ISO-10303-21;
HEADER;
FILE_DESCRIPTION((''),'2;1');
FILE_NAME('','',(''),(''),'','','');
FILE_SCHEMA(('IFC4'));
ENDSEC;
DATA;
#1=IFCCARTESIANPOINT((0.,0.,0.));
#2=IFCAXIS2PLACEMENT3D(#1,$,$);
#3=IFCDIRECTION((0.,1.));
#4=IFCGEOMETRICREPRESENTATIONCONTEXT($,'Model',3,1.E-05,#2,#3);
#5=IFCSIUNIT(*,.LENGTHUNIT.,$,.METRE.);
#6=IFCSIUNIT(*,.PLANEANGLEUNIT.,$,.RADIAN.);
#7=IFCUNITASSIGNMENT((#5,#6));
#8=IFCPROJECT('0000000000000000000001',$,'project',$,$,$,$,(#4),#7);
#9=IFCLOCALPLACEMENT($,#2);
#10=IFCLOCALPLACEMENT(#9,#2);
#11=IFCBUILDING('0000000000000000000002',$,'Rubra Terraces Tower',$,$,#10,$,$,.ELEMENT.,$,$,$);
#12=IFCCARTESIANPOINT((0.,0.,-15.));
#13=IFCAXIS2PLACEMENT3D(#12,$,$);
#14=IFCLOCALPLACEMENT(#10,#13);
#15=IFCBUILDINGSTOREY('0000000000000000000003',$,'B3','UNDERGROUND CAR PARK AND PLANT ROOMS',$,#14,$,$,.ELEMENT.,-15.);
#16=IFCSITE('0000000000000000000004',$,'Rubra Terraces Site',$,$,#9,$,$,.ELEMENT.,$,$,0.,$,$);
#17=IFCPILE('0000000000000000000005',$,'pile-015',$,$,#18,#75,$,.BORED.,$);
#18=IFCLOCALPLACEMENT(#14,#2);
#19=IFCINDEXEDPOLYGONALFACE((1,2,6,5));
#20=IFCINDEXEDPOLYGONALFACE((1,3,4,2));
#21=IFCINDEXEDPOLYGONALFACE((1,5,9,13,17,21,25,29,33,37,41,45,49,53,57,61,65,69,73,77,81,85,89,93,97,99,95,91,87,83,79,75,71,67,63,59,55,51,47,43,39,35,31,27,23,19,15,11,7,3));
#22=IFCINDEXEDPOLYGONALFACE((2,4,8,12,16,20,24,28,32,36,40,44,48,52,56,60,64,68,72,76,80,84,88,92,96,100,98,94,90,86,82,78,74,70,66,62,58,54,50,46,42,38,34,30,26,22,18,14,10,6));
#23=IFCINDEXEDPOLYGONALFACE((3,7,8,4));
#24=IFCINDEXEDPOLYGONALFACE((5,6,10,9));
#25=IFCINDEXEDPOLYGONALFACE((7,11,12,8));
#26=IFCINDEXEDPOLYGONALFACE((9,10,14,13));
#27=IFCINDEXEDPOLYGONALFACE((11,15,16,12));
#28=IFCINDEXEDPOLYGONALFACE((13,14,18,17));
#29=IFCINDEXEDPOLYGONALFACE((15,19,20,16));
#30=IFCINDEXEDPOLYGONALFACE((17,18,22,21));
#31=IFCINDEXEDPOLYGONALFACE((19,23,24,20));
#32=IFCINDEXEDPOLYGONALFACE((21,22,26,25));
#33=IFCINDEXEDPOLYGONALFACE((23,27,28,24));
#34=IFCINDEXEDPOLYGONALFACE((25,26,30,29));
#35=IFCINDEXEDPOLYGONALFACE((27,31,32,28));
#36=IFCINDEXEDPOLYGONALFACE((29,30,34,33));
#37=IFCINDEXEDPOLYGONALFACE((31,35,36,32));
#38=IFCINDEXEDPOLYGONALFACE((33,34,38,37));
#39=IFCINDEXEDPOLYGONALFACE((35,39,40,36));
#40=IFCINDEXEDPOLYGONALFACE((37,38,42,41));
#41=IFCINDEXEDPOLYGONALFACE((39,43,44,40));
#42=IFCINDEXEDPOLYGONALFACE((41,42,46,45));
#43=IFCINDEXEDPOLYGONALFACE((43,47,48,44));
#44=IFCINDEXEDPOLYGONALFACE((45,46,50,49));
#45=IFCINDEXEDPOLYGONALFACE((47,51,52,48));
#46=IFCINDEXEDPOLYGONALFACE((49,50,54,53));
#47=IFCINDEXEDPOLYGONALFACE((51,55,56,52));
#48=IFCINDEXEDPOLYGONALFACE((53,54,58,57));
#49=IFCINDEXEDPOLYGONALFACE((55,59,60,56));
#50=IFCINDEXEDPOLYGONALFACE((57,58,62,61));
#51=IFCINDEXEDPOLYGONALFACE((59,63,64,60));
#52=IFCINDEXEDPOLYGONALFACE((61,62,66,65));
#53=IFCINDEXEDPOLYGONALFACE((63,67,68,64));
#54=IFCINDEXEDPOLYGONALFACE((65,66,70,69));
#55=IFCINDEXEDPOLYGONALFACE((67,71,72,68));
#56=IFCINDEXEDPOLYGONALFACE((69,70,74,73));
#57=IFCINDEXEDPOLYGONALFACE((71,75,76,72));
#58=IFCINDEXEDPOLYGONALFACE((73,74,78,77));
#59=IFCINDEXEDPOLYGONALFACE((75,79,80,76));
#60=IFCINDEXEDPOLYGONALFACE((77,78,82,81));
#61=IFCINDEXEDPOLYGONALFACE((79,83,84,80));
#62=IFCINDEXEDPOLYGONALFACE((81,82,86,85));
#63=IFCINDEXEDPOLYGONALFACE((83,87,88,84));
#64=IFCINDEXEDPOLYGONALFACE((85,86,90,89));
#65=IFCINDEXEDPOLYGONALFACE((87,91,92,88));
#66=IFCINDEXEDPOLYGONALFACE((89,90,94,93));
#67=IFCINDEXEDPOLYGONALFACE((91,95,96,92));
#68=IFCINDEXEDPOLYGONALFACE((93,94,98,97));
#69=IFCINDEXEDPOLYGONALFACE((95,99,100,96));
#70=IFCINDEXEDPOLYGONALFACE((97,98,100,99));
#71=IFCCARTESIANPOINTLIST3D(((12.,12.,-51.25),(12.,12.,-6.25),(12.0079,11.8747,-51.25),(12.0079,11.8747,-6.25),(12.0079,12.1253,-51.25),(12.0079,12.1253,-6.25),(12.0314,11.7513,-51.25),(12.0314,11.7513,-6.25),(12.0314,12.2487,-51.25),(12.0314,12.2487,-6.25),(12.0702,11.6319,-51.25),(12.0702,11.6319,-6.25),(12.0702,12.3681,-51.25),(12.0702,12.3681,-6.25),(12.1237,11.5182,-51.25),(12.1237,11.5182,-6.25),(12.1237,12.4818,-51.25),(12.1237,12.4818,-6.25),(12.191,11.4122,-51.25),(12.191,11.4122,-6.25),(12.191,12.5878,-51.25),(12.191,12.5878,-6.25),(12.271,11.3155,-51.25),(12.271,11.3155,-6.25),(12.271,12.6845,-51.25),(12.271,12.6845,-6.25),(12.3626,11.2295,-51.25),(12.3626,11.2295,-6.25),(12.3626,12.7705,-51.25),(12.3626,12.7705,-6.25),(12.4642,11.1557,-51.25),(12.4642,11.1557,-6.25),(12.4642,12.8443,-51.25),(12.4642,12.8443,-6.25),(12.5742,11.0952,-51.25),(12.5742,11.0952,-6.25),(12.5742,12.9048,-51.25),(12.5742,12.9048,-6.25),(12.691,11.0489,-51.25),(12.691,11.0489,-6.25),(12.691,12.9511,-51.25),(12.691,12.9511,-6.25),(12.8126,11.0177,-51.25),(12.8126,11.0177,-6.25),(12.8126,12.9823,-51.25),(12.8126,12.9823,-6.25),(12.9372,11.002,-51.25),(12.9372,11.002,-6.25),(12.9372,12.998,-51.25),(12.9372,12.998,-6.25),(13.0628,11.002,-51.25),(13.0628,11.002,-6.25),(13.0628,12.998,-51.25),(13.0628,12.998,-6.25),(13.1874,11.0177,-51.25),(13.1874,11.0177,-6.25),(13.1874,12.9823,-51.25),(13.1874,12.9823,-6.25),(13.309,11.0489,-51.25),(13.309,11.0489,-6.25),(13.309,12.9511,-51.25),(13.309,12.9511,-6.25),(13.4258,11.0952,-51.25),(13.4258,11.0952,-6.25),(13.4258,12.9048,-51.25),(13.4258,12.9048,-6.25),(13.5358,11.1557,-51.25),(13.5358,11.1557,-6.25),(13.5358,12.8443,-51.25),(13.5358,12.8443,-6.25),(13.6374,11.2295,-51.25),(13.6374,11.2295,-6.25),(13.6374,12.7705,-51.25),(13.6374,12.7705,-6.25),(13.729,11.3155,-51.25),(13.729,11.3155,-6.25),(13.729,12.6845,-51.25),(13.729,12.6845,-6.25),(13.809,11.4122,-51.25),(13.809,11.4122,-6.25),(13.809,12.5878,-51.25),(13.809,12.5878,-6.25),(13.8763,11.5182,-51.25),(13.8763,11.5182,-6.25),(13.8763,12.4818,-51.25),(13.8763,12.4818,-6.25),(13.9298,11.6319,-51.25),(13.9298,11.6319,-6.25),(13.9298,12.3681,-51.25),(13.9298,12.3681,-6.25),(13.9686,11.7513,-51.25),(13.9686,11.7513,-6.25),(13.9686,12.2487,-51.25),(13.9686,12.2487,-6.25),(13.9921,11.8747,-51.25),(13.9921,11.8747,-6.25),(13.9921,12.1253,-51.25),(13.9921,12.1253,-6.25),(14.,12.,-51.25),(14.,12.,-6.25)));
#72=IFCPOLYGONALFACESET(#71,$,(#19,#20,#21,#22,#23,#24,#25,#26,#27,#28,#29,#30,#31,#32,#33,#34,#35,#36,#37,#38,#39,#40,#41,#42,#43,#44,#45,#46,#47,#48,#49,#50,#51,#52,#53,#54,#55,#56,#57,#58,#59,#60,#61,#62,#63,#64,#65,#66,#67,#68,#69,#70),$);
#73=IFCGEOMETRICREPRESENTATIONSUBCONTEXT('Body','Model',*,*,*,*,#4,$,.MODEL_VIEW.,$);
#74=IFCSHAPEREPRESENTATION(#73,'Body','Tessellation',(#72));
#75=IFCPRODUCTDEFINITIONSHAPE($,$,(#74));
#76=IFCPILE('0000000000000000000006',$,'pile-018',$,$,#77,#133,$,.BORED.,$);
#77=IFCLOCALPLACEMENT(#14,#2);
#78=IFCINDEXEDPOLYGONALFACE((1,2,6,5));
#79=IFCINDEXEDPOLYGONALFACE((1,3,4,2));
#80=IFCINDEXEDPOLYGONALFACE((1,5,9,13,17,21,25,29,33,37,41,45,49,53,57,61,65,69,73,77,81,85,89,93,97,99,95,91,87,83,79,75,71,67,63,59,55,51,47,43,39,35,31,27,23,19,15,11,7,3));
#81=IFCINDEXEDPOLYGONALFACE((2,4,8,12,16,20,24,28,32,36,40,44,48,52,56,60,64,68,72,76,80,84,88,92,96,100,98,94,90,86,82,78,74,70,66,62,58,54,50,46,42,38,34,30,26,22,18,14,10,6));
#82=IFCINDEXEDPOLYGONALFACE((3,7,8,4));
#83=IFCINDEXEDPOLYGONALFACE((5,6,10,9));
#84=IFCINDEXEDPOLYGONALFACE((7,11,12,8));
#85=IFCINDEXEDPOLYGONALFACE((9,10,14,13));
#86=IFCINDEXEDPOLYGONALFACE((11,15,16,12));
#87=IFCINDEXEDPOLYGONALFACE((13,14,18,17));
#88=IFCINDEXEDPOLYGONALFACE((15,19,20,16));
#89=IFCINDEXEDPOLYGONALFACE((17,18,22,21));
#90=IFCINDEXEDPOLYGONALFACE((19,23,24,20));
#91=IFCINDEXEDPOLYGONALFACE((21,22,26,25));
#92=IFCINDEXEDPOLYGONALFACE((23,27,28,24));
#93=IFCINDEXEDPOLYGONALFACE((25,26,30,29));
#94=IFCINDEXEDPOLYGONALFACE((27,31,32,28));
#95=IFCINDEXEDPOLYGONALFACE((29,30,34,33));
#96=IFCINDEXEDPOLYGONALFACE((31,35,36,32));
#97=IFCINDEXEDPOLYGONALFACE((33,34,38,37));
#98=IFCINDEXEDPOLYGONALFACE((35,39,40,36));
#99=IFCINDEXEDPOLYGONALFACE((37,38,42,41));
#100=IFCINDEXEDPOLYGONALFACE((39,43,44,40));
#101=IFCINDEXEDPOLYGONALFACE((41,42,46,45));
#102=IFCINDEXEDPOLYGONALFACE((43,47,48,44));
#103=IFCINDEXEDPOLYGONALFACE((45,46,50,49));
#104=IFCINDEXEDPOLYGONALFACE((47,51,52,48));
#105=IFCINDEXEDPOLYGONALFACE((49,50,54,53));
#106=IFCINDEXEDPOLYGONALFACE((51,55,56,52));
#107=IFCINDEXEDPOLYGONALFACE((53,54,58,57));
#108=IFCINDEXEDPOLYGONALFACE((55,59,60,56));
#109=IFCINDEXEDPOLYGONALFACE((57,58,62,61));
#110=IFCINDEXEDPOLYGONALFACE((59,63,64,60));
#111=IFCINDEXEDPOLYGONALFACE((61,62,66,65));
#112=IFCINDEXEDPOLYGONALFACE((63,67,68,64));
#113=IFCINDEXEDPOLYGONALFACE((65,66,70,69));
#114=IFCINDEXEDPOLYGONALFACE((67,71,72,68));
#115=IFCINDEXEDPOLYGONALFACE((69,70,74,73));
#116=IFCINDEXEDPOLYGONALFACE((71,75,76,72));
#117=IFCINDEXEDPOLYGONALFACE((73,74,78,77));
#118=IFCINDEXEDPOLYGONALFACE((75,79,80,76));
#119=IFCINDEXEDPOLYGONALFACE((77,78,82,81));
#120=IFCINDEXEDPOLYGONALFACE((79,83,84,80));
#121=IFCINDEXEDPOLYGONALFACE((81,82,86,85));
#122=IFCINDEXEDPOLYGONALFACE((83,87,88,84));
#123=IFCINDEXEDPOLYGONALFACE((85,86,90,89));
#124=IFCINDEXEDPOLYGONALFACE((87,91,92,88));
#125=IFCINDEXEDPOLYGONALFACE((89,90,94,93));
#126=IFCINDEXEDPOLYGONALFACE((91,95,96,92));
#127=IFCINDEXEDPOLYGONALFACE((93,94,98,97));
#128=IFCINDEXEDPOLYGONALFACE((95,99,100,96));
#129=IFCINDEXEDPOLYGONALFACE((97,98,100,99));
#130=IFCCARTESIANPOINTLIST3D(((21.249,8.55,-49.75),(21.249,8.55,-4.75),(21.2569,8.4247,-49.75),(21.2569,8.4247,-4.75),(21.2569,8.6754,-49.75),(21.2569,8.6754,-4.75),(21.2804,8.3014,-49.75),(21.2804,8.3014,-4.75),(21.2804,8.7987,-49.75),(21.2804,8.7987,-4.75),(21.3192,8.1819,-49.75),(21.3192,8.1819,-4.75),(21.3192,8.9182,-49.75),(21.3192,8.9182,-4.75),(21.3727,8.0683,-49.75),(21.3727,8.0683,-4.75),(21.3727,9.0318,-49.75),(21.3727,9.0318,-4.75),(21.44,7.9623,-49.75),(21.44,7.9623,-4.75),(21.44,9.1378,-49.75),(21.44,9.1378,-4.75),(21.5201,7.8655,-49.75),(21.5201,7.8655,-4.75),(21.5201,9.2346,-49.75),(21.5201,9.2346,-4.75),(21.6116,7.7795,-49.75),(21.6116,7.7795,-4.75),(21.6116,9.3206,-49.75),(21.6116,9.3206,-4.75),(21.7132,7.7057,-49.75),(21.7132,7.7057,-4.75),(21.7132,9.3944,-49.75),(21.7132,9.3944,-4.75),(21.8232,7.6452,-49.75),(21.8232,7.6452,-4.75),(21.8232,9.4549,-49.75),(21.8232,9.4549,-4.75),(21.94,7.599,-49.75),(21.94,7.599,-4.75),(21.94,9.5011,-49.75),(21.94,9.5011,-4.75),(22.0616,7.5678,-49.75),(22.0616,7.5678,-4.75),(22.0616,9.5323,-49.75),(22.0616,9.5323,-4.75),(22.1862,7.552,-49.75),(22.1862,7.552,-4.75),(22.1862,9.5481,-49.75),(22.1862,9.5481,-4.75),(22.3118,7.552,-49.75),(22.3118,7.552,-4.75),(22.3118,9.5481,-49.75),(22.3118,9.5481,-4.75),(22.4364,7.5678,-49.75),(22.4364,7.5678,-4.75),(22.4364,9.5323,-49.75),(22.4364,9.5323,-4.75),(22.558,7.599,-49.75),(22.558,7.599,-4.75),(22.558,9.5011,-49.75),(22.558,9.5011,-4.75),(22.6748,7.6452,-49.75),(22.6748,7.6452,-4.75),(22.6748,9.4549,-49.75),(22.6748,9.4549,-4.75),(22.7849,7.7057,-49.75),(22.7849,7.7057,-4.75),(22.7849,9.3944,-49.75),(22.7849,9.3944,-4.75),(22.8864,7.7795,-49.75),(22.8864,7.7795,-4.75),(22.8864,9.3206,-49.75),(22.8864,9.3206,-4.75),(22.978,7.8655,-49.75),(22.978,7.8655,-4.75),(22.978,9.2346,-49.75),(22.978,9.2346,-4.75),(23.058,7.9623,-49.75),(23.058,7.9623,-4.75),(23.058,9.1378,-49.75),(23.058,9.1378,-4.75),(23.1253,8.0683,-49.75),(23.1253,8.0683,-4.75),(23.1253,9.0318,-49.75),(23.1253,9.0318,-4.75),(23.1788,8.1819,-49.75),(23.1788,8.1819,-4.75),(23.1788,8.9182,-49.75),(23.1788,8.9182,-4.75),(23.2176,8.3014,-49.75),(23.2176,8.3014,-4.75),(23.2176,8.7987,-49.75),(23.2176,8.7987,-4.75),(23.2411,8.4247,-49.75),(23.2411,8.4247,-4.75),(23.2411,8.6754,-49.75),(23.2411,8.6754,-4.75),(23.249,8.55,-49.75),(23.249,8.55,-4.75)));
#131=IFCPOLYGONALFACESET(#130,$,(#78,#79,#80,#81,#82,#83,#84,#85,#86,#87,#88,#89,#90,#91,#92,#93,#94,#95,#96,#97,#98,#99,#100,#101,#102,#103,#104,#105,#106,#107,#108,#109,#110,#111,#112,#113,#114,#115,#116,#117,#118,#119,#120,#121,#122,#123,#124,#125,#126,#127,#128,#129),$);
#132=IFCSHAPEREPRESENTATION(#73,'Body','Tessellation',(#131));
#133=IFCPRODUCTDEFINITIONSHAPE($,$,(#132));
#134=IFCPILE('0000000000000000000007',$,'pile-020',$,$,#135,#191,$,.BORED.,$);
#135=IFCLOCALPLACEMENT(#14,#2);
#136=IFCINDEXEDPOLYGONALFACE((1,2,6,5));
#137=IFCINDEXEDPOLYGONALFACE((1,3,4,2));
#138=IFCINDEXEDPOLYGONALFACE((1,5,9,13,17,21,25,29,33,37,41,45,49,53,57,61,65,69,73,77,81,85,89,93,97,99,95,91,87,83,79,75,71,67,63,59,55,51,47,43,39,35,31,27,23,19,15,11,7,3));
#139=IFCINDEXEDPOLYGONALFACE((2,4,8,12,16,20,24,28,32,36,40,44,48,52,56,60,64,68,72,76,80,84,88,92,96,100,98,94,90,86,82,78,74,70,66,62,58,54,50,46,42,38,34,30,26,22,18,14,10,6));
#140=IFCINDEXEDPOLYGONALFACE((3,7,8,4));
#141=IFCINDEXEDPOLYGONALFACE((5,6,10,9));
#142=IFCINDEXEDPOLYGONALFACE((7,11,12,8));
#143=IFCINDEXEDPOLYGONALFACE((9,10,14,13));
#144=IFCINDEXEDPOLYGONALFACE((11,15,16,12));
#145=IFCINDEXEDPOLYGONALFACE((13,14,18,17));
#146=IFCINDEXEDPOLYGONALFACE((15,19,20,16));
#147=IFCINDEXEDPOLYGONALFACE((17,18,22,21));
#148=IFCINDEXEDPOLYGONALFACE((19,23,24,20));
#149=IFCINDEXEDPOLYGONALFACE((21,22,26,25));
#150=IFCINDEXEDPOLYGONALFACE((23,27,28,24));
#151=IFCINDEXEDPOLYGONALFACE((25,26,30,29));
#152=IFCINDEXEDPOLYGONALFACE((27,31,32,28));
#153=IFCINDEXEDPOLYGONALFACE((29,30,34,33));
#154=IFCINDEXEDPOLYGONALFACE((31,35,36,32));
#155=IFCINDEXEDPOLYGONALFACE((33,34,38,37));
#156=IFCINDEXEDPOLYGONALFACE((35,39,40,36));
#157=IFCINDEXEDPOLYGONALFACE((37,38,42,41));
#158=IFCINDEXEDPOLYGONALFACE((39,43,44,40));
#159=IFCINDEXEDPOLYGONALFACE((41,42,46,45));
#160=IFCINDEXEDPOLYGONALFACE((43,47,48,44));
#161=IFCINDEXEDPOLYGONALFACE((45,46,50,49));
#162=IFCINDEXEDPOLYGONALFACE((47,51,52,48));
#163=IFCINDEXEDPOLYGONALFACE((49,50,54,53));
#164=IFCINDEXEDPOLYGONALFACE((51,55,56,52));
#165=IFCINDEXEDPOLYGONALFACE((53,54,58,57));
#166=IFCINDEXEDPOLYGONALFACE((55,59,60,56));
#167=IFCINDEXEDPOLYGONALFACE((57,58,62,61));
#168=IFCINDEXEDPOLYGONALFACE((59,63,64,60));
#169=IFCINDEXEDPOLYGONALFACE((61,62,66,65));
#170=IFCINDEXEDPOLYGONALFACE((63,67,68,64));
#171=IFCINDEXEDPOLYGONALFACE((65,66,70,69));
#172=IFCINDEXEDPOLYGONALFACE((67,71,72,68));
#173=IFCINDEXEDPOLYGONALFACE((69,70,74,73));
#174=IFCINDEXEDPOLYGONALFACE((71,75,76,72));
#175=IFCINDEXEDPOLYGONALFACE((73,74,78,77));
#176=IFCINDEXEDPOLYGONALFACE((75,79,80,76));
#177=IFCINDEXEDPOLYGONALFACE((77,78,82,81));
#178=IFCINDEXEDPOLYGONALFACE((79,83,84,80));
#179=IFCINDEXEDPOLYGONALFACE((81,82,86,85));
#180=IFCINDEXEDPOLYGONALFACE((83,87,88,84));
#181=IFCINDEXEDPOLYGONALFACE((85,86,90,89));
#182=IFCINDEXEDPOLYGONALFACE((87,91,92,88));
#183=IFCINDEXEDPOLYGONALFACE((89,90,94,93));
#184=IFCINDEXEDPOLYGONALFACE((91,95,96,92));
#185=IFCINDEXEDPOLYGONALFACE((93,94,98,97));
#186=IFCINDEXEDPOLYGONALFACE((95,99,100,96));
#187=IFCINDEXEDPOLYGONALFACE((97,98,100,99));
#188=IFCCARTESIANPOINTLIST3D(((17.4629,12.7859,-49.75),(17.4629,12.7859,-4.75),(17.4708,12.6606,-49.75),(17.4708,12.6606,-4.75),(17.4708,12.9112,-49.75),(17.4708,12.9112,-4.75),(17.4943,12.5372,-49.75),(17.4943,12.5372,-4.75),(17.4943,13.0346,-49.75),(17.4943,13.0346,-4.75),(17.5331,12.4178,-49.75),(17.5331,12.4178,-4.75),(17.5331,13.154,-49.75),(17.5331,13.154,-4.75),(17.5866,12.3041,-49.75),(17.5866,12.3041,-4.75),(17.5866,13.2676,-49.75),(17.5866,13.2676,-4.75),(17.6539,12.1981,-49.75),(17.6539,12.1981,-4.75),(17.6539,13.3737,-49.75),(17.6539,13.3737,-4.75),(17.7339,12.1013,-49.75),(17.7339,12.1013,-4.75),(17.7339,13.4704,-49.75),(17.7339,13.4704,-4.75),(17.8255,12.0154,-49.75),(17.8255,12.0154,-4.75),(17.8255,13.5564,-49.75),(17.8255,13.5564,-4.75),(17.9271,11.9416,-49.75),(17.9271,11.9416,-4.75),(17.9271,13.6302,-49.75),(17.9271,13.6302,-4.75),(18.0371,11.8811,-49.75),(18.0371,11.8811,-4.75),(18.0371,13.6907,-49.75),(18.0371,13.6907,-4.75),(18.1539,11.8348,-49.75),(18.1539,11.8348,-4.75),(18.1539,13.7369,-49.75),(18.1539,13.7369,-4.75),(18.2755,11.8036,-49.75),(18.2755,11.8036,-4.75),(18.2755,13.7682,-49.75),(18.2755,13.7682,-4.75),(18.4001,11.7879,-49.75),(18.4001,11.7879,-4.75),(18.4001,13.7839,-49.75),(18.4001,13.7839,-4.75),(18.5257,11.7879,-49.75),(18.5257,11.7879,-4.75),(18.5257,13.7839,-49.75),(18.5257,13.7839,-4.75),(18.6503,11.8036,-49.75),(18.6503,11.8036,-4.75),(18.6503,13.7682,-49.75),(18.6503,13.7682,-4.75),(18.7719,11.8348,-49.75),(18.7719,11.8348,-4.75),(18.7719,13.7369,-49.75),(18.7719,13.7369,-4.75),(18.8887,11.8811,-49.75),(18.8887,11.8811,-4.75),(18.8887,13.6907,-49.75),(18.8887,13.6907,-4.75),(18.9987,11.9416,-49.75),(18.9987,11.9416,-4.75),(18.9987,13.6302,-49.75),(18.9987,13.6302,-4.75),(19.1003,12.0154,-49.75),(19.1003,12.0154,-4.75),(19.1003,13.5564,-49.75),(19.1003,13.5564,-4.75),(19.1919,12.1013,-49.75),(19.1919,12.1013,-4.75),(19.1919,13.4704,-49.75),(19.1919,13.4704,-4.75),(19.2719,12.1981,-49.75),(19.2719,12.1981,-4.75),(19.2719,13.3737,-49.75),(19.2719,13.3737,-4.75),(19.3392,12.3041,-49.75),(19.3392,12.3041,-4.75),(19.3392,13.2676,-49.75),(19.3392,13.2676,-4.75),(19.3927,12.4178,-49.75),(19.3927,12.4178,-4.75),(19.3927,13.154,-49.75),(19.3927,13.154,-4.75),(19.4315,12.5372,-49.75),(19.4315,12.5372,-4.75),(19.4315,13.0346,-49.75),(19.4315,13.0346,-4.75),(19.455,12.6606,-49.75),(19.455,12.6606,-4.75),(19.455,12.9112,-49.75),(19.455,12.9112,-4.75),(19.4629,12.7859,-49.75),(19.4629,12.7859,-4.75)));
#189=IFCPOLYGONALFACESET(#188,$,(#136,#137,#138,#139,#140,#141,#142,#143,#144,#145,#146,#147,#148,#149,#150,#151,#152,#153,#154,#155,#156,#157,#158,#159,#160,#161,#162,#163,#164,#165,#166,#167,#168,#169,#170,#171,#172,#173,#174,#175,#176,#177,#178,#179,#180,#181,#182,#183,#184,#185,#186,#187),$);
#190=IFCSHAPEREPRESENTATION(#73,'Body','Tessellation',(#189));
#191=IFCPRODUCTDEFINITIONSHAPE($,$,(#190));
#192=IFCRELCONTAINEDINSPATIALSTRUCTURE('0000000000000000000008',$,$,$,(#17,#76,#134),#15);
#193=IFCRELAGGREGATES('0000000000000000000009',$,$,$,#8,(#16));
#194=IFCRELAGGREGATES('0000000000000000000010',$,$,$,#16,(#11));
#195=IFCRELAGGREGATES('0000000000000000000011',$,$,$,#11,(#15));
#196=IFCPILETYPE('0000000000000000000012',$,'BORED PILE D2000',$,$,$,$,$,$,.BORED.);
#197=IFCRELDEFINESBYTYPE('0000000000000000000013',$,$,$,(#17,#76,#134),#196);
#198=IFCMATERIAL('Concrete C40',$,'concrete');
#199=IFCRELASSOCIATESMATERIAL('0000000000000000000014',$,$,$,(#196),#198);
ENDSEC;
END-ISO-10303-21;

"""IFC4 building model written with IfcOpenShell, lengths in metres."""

from ifc_helpers import new_model, si_unit, direction, frame, origin, origin_2d, place, context, subcontext, project, spatial, circle, extrude, material, material_profile, profile_set, type_object, element, save


model = new_model("IFC4")

# Units and contexts
model_context = context("Model", 3, precision=1e-05, world=origin(), true_north=direction((0.0, 1.0)))
body_context = subcontext(model_context, "Body", "Model", "MODEL_VIEW")
ifc_project = project(units=[si_unit("LENGTHUNIT", "METRE"), si_unit("PLANEANGLEUNIT", "RADIAN")], contexts=[model_context])

# Site, building, storey
site_placement = place(None, origin())
site = spatial("IfcSite", under=ifc_project, at=site_placement, Name="Rubra Terraces Site", CompositionType="ELEMENT", RefElevation=0.0)
building_placement = place(site_placement, origin())
building = spatial("IfcBuilding", under=site, at=building_placement, Name="Rubra Terraces Tower", CompositionType="ELEMENT")
storey_placement = place(building_placement, frame((0.0, 0.0, -15.0)))
storey = spatial("IfcBuildingStorey", under=building, at=storey_placement, Name="B3", Description="UNDERGROUND CAR PARK AND PLANT ROOMS", CompositionType="ELEMENT", Elevation=-15.0)

# Piles
ifc_material_1 = material(Name="Concrete C40", Category="concrete")
ifc_material_profile_1 = material_profile(ifc_material_1, circle(Radius=1.0, at=origin_2d()), Name="BORED PILE D2000")
ifc_profile_set_1 = profile_set([ifc_material_profile_1], Name="Concrete C40")
pile_type = type_object("IfcPileType", Name="BORED PILE D2000", PredefinedType="BORED", material=ifc_profile_set_1)
for number, where, z_axis, x_axis, name in (
    (1, (13.0, 12.0, -6.25), (0.0, 0.0, -1.0), (1.0, 0.0, 0.0), "pile-015"),
    (2, (22.249, 8.55, -4.75), (0.0, 0.0, -1.0), (1.0, 0.0, 0.0), "pile-018"),
    (3, (18.4629, 12.7859, -4.75), (0.0, 0.0, -1.0), (1.0, 0.0, 0.0), "pile-020"),
):
    element("IfcPile", number, at=place(storey_placement, frame(where, z_axis=z_axis, x_axis=x_axis)), inside=storey, type_object=pile_type, Name=name, PredefinedType="BORED", context=body_context, shape_type="SweptSolid", body=[
        extrude(circle(Radius=1.0, at=origin_2d()), origin(), (0.0, 0.0, 1.0), 45.0),
    ])

save(model, "model.ifc")
